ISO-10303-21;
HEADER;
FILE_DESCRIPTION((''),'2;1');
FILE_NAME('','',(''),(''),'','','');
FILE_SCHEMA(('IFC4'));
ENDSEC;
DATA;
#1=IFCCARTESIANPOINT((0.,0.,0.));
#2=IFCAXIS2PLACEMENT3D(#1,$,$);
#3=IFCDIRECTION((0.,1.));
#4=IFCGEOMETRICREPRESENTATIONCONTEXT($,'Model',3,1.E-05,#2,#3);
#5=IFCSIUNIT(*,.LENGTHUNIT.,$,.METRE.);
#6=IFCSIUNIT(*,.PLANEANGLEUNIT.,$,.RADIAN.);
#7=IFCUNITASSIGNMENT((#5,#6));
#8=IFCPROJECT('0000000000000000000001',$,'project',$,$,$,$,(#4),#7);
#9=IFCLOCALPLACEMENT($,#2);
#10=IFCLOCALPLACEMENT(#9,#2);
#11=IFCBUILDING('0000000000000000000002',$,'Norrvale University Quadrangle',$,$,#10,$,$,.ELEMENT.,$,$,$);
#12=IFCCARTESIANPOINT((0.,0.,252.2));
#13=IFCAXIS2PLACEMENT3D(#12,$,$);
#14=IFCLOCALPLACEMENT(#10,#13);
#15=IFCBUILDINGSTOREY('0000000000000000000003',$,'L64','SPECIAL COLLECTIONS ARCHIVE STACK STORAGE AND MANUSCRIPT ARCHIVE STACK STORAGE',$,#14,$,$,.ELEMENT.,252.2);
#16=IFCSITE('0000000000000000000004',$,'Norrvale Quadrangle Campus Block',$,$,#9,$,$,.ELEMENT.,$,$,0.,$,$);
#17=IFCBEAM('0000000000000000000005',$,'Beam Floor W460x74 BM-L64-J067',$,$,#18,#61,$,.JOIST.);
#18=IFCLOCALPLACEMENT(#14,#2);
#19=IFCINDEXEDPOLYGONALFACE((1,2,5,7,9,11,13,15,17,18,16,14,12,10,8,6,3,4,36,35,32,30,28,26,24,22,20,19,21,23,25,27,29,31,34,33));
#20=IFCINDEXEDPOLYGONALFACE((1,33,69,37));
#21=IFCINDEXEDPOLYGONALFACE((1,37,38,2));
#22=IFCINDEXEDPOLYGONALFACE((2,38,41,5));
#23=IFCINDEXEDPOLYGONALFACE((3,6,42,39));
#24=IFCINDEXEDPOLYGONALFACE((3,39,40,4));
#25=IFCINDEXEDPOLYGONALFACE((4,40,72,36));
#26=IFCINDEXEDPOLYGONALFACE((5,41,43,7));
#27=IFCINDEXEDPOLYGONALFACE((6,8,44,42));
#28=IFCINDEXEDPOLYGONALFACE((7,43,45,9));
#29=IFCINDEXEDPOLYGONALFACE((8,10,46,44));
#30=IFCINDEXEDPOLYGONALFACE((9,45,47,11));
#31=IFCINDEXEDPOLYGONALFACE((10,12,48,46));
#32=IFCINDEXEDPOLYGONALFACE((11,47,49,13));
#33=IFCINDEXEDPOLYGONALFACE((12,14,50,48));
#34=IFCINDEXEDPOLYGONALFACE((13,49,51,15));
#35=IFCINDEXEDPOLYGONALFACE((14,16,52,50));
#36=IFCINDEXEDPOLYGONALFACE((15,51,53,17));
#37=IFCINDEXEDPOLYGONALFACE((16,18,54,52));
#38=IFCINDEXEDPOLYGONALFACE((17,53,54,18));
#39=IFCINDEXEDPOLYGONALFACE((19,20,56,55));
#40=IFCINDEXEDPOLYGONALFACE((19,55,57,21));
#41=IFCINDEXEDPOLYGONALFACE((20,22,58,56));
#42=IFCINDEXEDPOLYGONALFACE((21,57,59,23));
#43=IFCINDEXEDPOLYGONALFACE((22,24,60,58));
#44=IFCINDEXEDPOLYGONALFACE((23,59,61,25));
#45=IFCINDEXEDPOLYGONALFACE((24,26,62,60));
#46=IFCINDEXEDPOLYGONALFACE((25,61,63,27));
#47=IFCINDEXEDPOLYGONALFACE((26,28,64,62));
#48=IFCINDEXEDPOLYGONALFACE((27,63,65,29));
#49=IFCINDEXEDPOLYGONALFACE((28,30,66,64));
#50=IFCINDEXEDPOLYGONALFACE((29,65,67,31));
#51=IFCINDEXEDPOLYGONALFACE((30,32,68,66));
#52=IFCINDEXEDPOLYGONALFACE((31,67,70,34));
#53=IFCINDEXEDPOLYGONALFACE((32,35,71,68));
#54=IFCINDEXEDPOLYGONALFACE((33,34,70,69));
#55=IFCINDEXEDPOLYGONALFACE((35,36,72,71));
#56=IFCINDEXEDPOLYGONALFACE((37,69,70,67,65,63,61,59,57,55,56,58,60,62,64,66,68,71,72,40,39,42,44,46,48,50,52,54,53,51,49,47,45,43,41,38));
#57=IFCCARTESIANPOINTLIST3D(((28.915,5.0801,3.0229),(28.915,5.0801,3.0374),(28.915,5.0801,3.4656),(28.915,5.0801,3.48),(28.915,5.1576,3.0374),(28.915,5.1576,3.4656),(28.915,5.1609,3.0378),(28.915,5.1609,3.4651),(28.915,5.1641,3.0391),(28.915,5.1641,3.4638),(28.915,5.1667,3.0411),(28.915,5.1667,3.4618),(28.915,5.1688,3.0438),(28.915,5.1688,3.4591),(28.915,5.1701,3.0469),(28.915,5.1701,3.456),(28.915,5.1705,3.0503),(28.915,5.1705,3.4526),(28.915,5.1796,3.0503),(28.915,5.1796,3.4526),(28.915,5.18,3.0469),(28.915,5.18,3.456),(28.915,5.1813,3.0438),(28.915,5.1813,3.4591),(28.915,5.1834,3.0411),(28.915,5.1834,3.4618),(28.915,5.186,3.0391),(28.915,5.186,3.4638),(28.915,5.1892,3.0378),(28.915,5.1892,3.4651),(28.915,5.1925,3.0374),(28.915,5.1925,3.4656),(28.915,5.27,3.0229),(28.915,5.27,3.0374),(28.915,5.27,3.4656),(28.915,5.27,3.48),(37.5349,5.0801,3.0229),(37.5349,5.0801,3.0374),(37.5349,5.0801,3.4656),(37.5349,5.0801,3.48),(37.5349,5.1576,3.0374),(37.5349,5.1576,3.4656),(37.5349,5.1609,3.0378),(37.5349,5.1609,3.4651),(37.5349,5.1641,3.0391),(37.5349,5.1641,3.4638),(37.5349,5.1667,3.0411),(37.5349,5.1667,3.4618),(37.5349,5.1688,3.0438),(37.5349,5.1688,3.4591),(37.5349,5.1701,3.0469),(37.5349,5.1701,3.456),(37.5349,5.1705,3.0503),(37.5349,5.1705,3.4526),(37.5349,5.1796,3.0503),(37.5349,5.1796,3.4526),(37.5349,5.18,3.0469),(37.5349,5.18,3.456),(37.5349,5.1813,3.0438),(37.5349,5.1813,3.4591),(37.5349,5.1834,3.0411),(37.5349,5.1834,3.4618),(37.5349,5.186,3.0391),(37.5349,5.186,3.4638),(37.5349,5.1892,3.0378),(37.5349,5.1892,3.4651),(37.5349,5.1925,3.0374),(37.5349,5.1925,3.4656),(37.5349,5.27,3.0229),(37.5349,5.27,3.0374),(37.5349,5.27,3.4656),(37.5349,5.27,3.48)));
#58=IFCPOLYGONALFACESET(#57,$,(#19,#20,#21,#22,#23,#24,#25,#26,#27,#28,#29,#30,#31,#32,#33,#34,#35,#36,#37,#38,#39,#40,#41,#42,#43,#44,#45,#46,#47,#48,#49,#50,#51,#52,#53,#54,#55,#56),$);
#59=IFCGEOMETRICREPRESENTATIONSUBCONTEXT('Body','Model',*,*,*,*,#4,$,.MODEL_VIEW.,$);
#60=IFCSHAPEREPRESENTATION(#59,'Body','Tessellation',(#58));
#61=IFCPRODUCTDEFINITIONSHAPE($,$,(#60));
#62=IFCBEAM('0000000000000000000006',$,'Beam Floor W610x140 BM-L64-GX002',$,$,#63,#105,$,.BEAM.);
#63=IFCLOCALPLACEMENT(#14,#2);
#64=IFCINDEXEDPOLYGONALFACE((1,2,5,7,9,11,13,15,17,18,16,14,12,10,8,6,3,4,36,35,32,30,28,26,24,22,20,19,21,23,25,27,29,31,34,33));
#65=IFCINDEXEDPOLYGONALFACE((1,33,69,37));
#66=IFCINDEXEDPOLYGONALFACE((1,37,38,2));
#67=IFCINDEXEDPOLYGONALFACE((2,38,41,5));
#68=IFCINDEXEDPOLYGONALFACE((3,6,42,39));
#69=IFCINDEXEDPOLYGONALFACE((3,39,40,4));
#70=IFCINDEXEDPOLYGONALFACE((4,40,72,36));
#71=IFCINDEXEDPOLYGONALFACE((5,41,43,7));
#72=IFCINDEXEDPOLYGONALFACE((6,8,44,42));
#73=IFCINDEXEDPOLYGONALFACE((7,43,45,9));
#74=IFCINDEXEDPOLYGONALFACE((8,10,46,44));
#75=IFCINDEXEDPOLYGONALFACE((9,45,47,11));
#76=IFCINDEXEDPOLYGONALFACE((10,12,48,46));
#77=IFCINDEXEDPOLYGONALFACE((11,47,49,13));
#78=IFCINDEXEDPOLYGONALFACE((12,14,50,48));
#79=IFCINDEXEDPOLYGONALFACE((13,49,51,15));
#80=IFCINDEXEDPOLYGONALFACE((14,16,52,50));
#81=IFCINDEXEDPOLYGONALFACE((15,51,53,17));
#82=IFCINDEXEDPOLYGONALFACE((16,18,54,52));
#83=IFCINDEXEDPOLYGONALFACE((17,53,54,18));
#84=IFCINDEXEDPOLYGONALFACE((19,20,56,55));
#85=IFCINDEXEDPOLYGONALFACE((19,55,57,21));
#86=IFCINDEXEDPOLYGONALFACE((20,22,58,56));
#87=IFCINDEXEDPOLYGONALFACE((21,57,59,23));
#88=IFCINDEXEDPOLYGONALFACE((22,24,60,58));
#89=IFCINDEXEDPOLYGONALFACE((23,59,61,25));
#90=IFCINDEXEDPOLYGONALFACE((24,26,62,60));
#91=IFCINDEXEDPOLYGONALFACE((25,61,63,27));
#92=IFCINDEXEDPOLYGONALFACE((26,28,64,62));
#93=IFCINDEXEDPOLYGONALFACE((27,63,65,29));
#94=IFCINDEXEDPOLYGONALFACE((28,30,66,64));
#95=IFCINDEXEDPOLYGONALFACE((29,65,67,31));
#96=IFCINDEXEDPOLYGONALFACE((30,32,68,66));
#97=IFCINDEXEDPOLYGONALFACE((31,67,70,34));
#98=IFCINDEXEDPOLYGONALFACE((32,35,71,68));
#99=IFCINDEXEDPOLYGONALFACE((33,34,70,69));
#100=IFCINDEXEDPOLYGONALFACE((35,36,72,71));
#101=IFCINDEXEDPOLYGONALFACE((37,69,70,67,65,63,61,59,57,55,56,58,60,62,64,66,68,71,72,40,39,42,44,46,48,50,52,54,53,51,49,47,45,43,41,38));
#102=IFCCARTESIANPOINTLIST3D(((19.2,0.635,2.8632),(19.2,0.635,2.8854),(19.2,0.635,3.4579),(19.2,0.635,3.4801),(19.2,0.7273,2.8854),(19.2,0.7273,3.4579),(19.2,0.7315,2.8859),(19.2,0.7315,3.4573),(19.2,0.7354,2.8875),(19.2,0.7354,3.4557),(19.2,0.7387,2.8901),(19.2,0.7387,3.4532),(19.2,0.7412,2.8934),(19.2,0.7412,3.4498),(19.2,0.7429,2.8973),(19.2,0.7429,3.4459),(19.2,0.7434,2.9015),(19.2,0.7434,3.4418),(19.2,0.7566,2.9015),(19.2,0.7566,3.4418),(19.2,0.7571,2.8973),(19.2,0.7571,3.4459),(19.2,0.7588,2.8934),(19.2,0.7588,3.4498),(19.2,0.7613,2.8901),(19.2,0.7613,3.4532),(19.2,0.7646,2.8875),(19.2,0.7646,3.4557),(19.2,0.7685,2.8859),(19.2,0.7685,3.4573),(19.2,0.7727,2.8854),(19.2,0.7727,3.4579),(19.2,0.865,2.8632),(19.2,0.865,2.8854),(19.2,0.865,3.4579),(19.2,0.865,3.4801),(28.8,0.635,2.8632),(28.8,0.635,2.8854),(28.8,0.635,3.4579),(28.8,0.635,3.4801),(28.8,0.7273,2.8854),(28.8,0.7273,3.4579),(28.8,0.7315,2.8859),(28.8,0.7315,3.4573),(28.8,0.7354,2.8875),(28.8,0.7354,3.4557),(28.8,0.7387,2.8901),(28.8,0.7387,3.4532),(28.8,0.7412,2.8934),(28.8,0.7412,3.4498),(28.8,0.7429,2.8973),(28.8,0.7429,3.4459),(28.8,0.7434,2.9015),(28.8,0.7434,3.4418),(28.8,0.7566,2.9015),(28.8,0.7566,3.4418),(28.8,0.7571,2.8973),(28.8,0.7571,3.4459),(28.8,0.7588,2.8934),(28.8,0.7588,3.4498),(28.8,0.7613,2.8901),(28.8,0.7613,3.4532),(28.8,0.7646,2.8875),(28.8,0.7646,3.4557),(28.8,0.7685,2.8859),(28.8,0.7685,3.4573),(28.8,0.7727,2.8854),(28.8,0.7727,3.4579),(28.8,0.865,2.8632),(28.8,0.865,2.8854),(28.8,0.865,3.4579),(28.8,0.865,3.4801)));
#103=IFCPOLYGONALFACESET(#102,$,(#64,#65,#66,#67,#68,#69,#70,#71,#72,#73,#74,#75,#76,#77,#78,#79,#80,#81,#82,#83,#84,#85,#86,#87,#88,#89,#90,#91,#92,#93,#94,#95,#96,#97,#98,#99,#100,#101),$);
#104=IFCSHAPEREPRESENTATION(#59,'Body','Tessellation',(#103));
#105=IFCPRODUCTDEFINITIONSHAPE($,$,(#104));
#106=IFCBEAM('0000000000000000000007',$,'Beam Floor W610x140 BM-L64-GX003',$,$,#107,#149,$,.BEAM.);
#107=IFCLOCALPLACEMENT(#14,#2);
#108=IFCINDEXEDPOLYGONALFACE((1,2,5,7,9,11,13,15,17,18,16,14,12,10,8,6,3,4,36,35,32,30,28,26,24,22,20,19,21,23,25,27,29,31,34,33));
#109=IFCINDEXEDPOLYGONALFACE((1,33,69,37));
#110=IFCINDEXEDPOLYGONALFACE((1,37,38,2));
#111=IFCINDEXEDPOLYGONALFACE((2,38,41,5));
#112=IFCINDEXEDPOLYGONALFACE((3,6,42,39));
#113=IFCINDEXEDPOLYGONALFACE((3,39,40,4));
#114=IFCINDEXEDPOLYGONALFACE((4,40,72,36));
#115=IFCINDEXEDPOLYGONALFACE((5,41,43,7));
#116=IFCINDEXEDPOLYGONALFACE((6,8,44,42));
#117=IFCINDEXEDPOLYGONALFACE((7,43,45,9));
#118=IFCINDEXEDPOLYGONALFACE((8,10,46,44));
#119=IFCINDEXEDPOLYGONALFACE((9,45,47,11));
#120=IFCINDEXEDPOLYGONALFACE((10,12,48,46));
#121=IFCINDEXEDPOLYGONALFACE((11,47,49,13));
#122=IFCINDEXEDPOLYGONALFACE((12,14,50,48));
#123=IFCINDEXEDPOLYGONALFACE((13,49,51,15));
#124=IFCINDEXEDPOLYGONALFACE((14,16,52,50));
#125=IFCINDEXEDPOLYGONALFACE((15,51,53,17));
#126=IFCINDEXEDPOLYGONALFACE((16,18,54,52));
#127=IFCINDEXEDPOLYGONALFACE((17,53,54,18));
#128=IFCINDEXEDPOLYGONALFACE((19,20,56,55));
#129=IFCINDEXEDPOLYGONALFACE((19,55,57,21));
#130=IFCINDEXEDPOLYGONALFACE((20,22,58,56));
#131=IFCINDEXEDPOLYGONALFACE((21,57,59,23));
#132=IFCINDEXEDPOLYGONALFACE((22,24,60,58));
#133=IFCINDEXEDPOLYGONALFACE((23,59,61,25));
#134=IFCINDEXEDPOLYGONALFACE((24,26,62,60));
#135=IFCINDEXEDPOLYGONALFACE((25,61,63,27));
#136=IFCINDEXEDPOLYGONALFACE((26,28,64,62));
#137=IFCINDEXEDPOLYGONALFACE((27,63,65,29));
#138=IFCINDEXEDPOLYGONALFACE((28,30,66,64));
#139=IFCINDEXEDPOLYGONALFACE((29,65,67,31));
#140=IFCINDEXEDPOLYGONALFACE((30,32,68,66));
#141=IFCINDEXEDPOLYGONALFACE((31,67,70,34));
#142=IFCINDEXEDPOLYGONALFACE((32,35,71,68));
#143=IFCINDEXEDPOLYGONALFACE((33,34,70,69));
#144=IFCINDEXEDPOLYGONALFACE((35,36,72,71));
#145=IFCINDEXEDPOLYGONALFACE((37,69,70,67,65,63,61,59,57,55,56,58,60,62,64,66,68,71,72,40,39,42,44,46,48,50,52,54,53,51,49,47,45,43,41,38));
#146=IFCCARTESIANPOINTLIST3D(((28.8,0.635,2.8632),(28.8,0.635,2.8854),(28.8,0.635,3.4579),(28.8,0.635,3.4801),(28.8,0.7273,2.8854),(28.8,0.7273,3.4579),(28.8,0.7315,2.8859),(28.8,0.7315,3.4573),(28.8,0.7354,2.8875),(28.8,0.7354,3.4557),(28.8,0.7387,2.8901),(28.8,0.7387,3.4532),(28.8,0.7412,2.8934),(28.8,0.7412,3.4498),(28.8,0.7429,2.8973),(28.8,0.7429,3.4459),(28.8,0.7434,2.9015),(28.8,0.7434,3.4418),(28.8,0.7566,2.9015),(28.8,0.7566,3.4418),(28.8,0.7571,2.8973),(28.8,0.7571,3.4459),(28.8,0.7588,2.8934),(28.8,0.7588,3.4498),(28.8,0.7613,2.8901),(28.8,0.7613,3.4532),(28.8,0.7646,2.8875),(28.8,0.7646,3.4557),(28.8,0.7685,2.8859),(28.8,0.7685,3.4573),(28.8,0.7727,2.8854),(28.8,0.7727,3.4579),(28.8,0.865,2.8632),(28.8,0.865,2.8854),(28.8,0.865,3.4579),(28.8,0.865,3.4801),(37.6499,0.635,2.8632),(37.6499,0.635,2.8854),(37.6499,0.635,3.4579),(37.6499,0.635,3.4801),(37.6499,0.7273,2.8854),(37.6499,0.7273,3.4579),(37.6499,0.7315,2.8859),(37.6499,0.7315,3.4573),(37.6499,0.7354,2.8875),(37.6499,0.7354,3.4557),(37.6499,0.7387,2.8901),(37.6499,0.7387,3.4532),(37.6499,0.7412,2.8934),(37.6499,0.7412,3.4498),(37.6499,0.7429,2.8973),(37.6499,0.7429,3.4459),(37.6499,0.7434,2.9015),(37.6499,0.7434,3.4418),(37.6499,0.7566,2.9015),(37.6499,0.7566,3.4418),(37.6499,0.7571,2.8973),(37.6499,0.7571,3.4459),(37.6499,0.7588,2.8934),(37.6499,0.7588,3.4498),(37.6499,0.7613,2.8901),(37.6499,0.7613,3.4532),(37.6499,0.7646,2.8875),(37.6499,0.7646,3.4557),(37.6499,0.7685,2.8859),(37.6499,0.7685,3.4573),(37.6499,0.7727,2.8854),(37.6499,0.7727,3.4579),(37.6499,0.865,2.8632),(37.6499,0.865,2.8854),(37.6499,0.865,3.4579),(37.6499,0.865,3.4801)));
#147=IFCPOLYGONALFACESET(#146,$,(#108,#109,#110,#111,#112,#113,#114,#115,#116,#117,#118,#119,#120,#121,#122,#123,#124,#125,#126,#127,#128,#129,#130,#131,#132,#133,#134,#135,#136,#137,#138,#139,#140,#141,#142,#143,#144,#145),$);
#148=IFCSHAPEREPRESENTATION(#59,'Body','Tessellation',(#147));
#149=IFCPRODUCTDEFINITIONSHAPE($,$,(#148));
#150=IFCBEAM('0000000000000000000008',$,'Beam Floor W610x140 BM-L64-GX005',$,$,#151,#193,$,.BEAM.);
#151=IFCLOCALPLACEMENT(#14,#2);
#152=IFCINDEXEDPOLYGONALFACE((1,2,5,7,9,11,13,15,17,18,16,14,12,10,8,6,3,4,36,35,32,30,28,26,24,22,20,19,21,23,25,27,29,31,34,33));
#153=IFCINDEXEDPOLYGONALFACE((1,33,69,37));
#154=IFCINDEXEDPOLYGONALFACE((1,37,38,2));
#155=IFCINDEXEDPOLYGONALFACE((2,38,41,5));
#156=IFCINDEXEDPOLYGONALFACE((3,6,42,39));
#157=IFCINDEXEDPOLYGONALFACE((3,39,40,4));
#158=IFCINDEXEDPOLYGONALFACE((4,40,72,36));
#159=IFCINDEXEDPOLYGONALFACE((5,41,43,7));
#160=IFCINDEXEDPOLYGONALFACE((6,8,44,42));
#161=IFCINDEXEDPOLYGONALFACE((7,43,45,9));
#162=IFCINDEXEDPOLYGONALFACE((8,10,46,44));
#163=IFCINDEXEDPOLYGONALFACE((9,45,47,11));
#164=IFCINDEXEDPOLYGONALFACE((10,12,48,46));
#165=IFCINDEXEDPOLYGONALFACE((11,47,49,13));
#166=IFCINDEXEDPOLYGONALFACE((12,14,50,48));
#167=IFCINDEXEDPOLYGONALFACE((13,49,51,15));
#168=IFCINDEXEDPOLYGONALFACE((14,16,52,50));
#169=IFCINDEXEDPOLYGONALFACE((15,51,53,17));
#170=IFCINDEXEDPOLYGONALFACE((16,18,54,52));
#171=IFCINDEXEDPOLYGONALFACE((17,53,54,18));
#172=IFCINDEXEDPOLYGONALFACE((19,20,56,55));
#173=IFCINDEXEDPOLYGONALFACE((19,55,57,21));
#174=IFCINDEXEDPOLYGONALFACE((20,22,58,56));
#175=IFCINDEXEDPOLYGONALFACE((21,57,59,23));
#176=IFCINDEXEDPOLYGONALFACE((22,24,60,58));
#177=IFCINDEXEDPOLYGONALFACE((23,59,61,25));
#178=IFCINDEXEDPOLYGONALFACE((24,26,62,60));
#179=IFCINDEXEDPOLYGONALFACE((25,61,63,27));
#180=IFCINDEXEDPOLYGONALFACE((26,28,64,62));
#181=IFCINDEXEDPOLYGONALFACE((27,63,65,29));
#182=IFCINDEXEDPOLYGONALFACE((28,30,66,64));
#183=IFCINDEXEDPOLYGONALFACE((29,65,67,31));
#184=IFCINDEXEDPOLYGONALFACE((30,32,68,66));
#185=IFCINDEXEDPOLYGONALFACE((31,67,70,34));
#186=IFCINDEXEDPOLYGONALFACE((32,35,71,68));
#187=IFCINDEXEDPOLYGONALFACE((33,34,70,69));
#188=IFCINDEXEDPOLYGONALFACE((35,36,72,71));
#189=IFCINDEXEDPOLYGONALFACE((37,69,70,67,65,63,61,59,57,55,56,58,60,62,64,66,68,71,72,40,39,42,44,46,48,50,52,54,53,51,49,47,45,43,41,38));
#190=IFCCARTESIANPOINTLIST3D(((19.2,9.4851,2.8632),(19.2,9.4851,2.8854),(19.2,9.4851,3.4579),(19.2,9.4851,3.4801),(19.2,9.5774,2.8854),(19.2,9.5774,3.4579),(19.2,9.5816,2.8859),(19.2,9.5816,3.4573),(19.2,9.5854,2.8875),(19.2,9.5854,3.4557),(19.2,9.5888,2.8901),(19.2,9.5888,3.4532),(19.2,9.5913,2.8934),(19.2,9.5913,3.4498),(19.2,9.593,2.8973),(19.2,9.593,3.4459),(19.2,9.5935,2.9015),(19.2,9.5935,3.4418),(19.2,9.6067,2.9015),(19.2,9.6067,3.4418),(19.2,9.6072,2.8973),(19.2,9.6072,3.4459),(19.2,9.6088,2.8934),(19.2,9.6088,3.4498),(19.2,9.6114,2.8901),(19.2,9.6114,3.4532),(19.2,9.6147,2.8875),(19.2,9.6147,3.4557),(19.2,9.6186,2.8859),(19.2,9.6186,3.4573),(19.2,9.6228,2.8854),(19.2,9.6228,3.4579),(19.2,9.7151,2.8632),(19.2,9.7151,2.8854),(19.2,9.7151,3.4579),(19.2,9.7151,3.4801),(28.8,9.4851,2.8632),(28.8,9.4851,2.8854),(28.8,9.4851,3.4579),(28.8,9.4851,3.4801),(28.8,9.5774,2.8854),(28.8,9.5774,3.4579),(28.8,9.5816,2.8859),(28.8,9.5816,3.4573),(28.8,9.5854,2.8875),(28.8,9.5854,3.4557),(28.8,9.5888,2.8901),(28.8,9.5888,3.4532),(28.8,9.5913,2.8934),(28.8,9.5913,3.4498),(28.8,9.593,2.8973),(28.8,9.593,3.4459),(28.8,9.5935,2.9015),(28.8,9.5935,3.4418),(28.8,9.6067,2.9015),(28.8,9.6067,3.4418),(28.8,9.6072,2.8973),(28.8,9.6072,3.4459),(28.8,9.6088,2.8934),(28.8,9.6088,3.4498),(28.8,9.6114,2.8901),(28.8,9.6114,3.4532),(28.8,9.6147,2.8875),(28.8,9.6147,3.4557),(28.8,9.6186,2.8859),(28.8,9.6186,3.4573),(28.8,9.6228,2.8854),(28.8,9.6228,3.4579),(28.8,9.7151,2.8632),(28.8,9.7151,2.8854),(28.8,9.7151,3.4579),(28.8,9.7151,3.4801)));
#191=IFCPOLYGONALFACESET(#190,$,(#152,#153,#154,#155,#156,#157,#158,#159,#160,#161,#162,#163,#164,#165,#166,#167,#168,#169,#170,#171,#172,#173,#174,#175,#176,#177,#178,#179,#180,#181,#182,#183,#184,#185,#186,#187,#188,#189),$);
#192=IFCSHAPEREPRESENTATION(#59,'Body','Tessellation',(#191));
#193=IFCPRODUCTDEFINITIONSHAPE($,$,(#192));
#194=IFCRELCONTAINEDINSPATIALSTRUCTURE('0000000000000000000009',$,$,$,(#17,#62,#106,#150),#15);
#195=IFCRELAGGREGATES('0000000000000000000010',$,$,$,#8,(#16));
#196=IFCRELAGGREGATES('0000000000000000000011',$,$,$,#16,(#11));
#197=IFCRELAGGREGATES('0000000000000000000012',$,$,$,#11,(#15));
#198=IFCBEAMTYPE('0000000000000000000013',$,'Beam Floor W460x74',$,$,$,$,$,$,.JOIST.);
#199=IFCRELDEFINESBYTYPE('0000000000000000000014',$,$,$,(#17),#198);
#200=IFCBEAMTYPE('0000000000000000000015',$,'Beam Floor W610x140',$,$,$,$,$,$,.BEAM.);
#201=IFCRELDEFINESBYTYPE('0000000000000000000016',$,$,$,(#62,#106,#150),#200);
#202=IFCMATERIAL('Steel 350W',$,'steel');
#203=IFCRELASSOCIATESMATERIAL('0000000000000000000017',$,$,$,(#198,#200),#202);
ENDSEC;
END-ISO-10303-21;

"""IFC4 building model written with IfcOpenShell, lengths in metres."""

from ifc_helpers import new_model, si_unit, direction, frame, origin, origin_2d, place, context, subcontext, project, spatial, i_section, extrude, material, material_profile, profile_set, type_object, element, save


model = new_model("IFC4")

# Units and contexts
model_context = context("Model", 3, precision=1e-05, world=origin(), true_north=direction((0.0, 1.0)))
body_context = subcontext(model_context, "Body", "Model", "MODEL_VIEW")
ifc_project = project(units=[si_unit("LENGTHUNIT", "METRE"), si_unit("PLANEANGLEUNIT", "RADIAN")], contexts=[model_context])

# Site, building, storey
site_placement = place(None, origin())
site = spatial("IfcSite", under=ifc_project, at=site_placement, Name="Norrvale Quadrangle Campus Block", CompositionType="ELEMENT", RefElevation=0.0)
building_placement = place(site_placement, origin())
building = spatial("IfcBuilding", under=site, at=building_placement, Name="Norrvale University Quadrangle", CompositionType="ELEMENT")
storey_placement = place(building_placement, frame((0.0, 0.0, 252.2)))
storey = spatial("IfcBuildingStorey", under=building, at=storey_placement, Name="L64", Description="SPECIAL COLLECTIONS ARCHIVE STACK STORAGE AND MANUSCRIPT ARCHIVE STACK STORAGE", CompositionType="ELEMENT", Elevation=252.2)

# Beams
ifc_material_1 = material(Name="Steel 350W", Category="steel")
ifc_material_profile_1 = material_profile(ifc_material_1, i_section(OverallWidth=0.1899, OverallDepth=0.457, WebThickness=0.009, FlangeThickness=0.0144, FilletRadius=0.0129, at=origin_2d()), Name="Steel 350W")
ifc_profile_set_1 = profile_set([ifc_material_profile_1], Name="Steel 350W")
beam_type_1 = type_object("IfcBeamType", Name="Beam Floor W460x74", PredefinedType="JOIST", material=ifc_profile_set_1)
beam_1_placement = place(storey_placement, frame((28.915, 5.175, 3.2515), z_axis=(1.0, 0.0, 0.0), x_axis=(0.0, 1.0, 0.0)))
element("IfcBeam", 1, at=beam_1_placement, inside=storey, type_object=beam_type_1, Name="Beam Floor W460x74 BM-L64-J067", PredefinedType="JOIST", context=body_context, shape_type="SweptSolid", body=[
    extrude(i_section(OverallWidth=0.1899, OverallDepth=0.457, WebThickness=0.009, FlangeThickness=0.0144, FilletRadius=0.0129, at=origin_2d()), origin(), (0.0, 0.0, 1.0), 8.6199),
])
ifc_material_profile_2 = material_profile(ifc_material_1, i_section(OverallWidth=0.23, OverallDepth=0.6169, WebThickness=0.0132, FlangeThickness=0.0222, FilletRadius=0.0161, at=origin_2d()), Name="Steel 350W")
ifc_profile_set_2 = profile_set([ifc_material_profile_2], Name="Steel 350W")
beam_type_2 = type_object("IfcBeamType", Name="Beam Floor W610x140", PredefinedType="BEAM", material=ifc_profile_set_2)
beam_2_placement = place(storey_placement, frame((19.2, 0.75, 3.1716), z_axis=(1.0, 0.0, 0.0), x_axis=(0.0, 1.0, 0.0)))
element("IfcBeam", 2, at=beam_2_placement, inside=storey, type_object=beam_type_2, Name="Beam Floor W610x140 BM-L64-GX002", PredefinedType="BEAM", context=body_context, shape_type="SweptSolid", body=[
    extrude(i_section(OverallWidth=0.23, OverallDepth=0.6169, WebThickness=0.0132, FlangeThickness=0.0222, FilletRadius=0.0161, at=origin_2d()), origin(), (0.0, 0.0, 1.0), 9.6001),
])
beam_3_placement = place(storey_placement, frame((28.8, 0.75, 3.1716), z_axis=(1.0, 0.0, 0.0), x_axis=(0.0, 1.0, 0.0)))
element("IfcBeam", 3, at=beam_3_placement, inside=storey, type_object=beam_type_2, Name="Beam Floor W610x140 BM-L64-GX003", PredefinedType="BEAM", context=body_context, shape_type="SweptSolid", body=[
    extrude(i_section(OverallWidth=0.23, OverallDepth=0.6169, WebThickness=0.0132, FlangeThickness=0.0222, FilletRadius=0.0161, at=origin_2d()), origin(), (0.0, 0.0, 1.0), 8.8499),
])
beam_4_placement = place(storey_placement, frame((19.2, 9.6001, 3.1716), z_axis=(1.0, 0.0, 0.0), x_axis=(0.0, 1.0, 0.0)))
element("IfcBeam", 4, at=beam_4_placement, inside=storey, type_object=beam_type_2, Name="Beam Floor W610x140 BM-L64-GX005", PredefinedType="BEAM", context=body_context, shape_type="SweptSolid", body=[
    extrude(i_section(OverallWidth=0.23, OverallDepth=0.6169, WebThickness=0.0132, FlangeThickness=0.0222, FilletRadius=0.0161, at=origin_2d()), origin(), (0.0, 0.0, 1.0), 9.6001),
])

save(model, "model.ifc")
